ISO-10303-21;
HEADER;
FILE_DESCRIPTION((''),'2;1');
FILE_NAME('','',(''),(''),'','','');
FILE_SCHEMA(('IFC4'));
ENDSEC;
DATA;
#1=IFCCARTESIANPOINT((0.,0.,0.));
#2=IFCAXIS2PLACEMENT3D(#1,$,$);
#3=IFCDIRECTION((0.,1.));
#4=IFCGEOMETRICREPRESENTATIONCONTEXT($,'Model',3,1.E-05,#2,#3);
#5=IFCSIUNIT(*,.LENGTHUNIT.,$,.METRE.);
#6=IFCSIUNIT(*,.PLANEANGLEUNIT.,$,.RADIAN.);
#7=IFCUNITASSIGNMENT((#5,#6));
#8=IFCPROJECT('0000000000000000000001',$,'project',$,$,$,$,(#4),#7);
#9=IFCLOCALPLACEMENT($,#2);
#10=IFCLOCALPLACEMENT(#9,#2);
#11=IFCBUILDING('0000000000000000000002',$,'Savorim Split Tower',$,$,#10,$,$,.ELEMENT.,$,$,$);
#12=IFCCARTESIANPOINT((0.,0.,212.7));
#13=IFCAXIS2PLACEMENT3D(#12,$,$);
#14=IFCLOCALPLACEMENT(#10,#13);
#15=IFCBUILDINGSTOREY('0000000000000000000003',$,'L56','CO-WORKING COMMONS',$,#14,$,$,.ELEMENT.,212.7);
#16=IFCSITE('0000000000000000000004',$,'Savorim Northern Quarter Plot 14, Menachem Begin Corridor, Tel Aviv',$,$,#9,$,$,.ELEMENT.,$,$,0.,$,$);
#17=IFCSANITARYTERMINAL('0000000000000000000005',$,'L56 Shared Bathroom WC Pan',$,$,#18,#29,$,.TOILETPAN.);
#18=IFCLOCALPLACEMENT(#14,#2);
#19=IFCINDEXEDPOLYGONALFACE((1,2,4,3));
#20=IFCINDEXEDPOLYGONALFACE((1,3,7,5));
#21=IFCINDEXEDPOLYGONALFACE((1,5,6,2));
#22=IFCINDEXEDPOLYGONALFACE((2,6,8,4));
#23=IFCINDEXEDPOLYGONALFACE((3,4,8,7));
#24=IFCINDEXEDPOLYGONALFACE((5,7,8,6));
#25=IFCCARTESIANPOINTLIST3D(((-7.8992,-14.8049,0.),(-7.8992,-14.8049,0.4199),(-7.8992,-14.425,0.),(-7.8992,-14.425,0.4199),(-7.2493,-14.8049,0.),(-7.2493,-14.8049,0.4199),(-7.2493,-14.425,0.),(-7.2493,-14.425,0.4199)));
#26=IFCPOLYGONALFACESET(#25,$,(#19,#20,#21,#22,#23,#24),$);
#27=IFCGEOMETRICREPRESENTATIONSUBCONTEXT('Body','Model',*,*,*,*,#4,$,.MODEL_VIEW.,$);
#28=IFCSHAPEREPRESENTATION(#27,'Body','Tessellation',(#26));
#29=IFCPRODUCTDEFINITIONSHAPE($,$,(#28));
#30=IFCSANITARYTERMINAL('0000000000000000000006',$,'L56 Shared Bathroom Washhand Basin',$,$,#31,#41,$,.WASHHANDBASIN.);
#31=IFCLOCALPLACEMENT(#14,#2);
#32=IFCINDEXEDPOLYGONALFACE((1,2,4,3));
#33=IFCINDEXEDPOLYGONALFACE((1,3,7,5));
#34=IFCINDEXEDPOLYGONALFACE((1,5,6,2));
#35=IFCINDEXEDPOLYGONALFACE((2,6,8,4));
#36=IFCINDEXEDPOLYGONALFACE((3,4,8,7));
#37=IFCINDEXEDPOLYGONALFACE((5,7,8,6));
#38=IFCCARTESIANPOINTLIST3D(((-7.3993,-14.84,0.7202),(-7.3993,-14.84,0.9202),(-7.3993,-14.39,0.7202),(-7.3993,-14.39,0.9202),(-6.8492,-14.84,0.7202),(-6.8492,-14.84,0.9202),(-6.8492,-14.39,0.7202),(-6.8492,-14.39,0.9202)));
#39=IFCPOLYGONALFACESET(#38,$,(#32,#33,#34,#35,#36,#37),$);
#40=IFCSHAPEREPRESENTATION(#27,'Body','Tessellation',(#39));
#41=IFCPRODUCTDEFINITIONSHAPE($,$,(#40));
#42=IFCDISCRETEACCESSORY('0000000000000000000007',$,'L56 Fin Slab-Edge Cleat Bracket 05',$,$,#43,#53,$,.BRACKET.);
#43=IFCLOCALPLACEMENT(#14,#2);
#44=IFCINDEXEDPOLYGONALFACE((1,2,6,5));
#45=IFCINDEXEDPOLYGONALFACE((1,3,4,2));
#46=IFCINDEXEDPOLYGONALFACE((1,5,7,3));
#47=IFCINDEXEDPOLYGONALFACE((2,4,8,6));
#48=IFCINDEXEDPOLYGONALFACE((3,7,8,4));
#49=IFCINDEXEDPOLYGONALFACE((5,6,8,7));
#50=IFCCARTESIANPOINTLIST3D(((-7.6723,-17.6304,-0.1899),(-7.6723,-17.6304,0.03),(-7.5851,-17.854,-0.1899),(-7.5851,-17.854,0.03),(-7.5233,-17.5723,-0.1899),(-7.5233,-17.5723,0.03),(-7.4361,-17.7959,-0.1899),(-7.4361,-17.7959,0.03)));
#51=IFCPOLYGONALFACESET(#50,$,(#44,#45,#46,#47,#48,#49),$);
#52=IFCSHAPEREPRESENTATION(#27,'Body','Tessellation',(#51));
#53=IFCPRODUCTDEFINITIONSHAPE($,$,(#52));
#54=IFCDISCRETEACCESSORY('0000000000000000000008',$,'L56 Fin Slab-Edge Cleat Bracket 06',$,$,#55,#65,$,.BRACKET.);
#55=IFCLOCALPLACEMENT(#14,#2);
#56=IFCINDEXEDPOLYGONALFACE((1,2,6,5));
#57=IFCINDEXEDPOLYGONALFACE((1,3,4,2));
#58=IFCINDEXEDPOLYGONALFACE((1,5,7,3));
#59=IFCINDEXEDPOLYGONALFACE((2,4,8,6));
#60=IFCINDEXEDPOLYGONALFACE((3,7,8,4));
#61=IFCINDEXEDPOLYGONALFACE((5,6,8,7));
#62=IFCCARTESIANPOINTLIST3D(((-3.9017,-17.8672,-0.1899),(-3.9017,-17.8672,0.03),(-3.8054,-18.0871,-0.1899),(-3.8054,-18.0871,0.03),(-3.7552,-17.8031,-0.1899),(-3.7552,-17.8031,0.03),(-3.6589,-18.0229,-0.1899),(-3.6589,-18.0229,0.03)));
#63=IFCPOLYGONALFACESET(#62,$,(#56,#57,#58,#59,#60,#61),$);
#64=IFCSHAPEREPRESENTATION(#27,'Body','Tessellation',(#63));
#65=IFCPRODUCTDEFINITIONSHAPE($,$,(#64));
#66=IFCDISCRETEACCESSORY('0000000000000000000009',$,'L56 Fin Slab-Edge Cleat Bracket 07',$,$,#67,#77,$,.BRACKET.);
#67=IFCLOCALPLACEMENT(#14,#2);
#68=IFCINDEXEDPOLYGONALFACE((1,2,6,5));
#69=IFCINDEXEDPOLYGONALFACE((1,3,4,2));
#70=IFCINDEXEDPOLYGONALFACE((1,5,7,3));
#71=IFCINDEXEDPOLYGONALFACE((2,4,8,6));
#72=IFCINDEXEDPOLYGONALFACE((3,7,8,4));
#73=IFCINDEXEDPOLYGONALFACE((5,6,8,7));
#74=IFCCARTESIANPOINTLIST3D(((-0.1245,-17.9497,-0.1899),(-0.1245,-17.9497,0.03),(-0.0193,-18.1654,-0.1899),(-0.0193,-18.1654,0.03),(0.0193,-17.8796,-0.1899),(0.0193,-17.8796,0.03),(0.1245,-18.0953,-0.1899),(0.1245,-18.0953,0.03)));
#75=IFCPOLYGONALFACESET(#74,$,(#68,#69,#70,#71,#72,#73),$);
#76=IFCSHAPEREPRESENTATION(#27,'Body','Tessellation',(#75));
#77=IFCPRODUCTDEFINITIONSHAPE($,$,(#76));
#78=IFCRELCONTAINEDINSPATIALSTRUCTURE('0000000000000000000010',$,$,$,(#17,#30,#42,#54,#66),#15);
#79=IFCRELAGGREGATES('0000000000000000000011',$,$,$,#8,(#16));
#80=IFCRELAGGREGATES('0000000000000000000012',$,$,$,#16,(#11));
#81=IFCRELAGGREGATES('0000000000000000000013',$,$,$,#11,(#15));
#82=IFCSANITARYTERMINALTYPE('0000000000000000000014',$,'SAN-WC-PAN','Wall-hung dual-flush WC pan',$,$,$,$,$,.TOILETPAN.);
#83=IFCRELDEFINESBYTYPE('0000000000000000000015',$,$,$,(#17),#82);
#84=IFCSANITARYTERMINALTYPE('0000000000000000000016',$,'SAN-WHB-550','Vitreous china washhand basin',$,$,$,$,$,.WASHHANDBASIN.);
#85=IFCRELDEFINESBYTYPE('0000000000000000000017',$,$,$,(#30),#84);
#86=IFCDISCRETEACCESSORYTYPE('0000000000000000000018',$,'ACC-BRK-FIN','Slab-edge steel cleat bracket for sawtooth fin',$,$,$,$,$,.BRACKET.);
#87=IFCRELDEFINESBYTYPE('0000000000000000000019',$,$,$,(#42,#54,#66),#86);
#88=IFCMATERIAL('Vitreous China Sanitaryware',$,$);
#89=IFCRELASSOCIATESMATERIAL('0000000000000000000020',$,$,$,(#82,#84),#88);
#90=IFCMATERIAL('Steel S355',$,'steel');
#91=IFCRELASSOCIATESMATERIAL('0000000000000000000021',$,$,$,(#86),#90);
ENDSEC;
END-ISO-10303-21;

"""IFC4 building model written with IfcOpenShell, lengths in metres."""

from ifc_helpers import new_model, si_unit, direction, frame, origin, origin_2d, place, context, subcontext, project, spatial, rectangle, extrude, material, type_object, element, save


model = new_model("IFC4")

# Units and contexts
model_context = context("Model", 3, precision=1e-05, world=origin(), true_north=direction((0.0, 1.0)))
body_context = subcontext(model_context, "Body", "Model", "MODEL_VIEW")
ifc_project = project(units=[si_unit("LENGTHUNIT", "METRE"), si_unit("PLANEANGLEUNIT", "RADIAN")], contexts=[model_context])

# Site, building, storey
site_placement = place(None, origin())
site = spatial("IfcSite", under=ifc_project, at=site_placement, Name="Savorim Northern Quarter Plot 14, Menachem Begin Corridor, Tel Aviv", CompositionType="ELEMENT", RefElevation=0.0)
building_placement = place(site_placement, origin())
building = spatial("IfcBuilding", under=site, at=building_placement, Name="Savorim Split Tower", CompositionType="ELEMENT")
storey_placement = place(building_placement, frame((0.0, 0.0, 212.7)))
storey = spatial("IfcBuildingStorey", under=building, at=storey_placement, Name="L56", Description="CO-WORKING COMMONS", CompositionType="ELEMENT", Elevation=212.7)

# Shared definitions
ifc_material_1 = material(Name="Steel S355", Category="steel")

# Sanitary terminals
ifc_material_2 = material(Name="Vitreous China Sanitaryware")
sanitary_terminal_type_1 = type_object("IfcSanitaryTerminalType", Name="SAN-WC-PAN", Description="Wall-hung dual-flush WC pan", PredefinedType="TOILETPAN", material=ifc_material_2)
sanitary_terminal_1_placement = place(storey_placement, frame((-7.5742, -14.615, 0.0), z_axis=(0.0, 0.0, 1.0), x_axis=(1.0, 0.0, 0.0)))
element("IfcSanitaryTerminal", 1, at=sanitary_terminal_1_placement, inside=storey, type_object=sanitary_terminal_type_1, Name="L56 Shared Bathroom WC Pan", PredefinedType="TOILETPAN", context=body_context, shape_type="SweptSolid", body=[
    extrude(rectangle(XDim=0.6499, YDim=0.3799, at=origin_2d()), origin(), (0.0, 0.0, 1.0), 0.4199),
])
sanitary_terminal_type_2 = type_object("IfcSanitaryTerminalType", Name="SAN-WHB-550", Description="Vitreous china washhand basin", PredefinedType="WASHHANDBASIN", material=ifc_material_2)
sanitary_terminal_2_placement = place(storey_placement, frame((-7.1243, -14.615, 0.7202), z_axis=(0.0, 0.0, 1.0), x_axis=(1.0, 0.0, 0.0)))
element("IfcSanitaryTerminal", 2, at=sanitary_terminal_2_placement, inside=storey, type_object=sanitary_terminal_type_2, Name="L56 Shared Bathroom Washhand Basin", PredefinedType="WASHHANDBASIN", context=body_context, shape_type="SweptSolid", body=[
    extrude(rectangle(XDim=0.55, YDim=0.45, at=origin_2d()), origin(), (0.0, 0.0, 1.0), 0.2),
])

# Discrete accessories
discrete_accessory_type = type_object("IfcDiscreteAccessoryType", Name="ACC-BRK-FIN", Description="Slab-edge steel cleat bracket for sawtooth fin", PredefinedType="BRACKET", material=ifc_material_1)
for number, where, z_axis, x_axis, name in (
    (3, (-7.5542, -17.7131, -0.1899), (0.0, 0.0, 1.0), (0.363415, -0.931627, 0.0), "L56 Fin Slab-Edge Cleat Bracket 05"),
    (4, (-3.7803, -17.9451, -0.1899), (0.0, 0.0, 1.0), (0.40123, -0.915977, 0.0), "L56 Fin Slab-Edge Cleat Bracket 06"),
    (5, (0.0, -18.0225, -0.1899), (0.0, 0.0, 1.0), (0.438371, -0.898794, 0.0), "L56 Fin Slab-Edge Cleat Bracket 07"),
):
    element("IfcDiscreteAccessory", number, at=place(storey_placement, frame(where, z_axis=z_axis, x_axis=x_axis)), inside=storey, type_object=discrete_accessory_type, Name=name, PredefinedType="BRACKET", context=body_context, shape_type="SweptSolid", body=[
        extrude(rectangle(XDim=0.24, YDim=0.1599, at=origin_2d()), origin(), (0.0, 0.0, 1.0), 0.22),
    ])

save(model, "model.ifc")
